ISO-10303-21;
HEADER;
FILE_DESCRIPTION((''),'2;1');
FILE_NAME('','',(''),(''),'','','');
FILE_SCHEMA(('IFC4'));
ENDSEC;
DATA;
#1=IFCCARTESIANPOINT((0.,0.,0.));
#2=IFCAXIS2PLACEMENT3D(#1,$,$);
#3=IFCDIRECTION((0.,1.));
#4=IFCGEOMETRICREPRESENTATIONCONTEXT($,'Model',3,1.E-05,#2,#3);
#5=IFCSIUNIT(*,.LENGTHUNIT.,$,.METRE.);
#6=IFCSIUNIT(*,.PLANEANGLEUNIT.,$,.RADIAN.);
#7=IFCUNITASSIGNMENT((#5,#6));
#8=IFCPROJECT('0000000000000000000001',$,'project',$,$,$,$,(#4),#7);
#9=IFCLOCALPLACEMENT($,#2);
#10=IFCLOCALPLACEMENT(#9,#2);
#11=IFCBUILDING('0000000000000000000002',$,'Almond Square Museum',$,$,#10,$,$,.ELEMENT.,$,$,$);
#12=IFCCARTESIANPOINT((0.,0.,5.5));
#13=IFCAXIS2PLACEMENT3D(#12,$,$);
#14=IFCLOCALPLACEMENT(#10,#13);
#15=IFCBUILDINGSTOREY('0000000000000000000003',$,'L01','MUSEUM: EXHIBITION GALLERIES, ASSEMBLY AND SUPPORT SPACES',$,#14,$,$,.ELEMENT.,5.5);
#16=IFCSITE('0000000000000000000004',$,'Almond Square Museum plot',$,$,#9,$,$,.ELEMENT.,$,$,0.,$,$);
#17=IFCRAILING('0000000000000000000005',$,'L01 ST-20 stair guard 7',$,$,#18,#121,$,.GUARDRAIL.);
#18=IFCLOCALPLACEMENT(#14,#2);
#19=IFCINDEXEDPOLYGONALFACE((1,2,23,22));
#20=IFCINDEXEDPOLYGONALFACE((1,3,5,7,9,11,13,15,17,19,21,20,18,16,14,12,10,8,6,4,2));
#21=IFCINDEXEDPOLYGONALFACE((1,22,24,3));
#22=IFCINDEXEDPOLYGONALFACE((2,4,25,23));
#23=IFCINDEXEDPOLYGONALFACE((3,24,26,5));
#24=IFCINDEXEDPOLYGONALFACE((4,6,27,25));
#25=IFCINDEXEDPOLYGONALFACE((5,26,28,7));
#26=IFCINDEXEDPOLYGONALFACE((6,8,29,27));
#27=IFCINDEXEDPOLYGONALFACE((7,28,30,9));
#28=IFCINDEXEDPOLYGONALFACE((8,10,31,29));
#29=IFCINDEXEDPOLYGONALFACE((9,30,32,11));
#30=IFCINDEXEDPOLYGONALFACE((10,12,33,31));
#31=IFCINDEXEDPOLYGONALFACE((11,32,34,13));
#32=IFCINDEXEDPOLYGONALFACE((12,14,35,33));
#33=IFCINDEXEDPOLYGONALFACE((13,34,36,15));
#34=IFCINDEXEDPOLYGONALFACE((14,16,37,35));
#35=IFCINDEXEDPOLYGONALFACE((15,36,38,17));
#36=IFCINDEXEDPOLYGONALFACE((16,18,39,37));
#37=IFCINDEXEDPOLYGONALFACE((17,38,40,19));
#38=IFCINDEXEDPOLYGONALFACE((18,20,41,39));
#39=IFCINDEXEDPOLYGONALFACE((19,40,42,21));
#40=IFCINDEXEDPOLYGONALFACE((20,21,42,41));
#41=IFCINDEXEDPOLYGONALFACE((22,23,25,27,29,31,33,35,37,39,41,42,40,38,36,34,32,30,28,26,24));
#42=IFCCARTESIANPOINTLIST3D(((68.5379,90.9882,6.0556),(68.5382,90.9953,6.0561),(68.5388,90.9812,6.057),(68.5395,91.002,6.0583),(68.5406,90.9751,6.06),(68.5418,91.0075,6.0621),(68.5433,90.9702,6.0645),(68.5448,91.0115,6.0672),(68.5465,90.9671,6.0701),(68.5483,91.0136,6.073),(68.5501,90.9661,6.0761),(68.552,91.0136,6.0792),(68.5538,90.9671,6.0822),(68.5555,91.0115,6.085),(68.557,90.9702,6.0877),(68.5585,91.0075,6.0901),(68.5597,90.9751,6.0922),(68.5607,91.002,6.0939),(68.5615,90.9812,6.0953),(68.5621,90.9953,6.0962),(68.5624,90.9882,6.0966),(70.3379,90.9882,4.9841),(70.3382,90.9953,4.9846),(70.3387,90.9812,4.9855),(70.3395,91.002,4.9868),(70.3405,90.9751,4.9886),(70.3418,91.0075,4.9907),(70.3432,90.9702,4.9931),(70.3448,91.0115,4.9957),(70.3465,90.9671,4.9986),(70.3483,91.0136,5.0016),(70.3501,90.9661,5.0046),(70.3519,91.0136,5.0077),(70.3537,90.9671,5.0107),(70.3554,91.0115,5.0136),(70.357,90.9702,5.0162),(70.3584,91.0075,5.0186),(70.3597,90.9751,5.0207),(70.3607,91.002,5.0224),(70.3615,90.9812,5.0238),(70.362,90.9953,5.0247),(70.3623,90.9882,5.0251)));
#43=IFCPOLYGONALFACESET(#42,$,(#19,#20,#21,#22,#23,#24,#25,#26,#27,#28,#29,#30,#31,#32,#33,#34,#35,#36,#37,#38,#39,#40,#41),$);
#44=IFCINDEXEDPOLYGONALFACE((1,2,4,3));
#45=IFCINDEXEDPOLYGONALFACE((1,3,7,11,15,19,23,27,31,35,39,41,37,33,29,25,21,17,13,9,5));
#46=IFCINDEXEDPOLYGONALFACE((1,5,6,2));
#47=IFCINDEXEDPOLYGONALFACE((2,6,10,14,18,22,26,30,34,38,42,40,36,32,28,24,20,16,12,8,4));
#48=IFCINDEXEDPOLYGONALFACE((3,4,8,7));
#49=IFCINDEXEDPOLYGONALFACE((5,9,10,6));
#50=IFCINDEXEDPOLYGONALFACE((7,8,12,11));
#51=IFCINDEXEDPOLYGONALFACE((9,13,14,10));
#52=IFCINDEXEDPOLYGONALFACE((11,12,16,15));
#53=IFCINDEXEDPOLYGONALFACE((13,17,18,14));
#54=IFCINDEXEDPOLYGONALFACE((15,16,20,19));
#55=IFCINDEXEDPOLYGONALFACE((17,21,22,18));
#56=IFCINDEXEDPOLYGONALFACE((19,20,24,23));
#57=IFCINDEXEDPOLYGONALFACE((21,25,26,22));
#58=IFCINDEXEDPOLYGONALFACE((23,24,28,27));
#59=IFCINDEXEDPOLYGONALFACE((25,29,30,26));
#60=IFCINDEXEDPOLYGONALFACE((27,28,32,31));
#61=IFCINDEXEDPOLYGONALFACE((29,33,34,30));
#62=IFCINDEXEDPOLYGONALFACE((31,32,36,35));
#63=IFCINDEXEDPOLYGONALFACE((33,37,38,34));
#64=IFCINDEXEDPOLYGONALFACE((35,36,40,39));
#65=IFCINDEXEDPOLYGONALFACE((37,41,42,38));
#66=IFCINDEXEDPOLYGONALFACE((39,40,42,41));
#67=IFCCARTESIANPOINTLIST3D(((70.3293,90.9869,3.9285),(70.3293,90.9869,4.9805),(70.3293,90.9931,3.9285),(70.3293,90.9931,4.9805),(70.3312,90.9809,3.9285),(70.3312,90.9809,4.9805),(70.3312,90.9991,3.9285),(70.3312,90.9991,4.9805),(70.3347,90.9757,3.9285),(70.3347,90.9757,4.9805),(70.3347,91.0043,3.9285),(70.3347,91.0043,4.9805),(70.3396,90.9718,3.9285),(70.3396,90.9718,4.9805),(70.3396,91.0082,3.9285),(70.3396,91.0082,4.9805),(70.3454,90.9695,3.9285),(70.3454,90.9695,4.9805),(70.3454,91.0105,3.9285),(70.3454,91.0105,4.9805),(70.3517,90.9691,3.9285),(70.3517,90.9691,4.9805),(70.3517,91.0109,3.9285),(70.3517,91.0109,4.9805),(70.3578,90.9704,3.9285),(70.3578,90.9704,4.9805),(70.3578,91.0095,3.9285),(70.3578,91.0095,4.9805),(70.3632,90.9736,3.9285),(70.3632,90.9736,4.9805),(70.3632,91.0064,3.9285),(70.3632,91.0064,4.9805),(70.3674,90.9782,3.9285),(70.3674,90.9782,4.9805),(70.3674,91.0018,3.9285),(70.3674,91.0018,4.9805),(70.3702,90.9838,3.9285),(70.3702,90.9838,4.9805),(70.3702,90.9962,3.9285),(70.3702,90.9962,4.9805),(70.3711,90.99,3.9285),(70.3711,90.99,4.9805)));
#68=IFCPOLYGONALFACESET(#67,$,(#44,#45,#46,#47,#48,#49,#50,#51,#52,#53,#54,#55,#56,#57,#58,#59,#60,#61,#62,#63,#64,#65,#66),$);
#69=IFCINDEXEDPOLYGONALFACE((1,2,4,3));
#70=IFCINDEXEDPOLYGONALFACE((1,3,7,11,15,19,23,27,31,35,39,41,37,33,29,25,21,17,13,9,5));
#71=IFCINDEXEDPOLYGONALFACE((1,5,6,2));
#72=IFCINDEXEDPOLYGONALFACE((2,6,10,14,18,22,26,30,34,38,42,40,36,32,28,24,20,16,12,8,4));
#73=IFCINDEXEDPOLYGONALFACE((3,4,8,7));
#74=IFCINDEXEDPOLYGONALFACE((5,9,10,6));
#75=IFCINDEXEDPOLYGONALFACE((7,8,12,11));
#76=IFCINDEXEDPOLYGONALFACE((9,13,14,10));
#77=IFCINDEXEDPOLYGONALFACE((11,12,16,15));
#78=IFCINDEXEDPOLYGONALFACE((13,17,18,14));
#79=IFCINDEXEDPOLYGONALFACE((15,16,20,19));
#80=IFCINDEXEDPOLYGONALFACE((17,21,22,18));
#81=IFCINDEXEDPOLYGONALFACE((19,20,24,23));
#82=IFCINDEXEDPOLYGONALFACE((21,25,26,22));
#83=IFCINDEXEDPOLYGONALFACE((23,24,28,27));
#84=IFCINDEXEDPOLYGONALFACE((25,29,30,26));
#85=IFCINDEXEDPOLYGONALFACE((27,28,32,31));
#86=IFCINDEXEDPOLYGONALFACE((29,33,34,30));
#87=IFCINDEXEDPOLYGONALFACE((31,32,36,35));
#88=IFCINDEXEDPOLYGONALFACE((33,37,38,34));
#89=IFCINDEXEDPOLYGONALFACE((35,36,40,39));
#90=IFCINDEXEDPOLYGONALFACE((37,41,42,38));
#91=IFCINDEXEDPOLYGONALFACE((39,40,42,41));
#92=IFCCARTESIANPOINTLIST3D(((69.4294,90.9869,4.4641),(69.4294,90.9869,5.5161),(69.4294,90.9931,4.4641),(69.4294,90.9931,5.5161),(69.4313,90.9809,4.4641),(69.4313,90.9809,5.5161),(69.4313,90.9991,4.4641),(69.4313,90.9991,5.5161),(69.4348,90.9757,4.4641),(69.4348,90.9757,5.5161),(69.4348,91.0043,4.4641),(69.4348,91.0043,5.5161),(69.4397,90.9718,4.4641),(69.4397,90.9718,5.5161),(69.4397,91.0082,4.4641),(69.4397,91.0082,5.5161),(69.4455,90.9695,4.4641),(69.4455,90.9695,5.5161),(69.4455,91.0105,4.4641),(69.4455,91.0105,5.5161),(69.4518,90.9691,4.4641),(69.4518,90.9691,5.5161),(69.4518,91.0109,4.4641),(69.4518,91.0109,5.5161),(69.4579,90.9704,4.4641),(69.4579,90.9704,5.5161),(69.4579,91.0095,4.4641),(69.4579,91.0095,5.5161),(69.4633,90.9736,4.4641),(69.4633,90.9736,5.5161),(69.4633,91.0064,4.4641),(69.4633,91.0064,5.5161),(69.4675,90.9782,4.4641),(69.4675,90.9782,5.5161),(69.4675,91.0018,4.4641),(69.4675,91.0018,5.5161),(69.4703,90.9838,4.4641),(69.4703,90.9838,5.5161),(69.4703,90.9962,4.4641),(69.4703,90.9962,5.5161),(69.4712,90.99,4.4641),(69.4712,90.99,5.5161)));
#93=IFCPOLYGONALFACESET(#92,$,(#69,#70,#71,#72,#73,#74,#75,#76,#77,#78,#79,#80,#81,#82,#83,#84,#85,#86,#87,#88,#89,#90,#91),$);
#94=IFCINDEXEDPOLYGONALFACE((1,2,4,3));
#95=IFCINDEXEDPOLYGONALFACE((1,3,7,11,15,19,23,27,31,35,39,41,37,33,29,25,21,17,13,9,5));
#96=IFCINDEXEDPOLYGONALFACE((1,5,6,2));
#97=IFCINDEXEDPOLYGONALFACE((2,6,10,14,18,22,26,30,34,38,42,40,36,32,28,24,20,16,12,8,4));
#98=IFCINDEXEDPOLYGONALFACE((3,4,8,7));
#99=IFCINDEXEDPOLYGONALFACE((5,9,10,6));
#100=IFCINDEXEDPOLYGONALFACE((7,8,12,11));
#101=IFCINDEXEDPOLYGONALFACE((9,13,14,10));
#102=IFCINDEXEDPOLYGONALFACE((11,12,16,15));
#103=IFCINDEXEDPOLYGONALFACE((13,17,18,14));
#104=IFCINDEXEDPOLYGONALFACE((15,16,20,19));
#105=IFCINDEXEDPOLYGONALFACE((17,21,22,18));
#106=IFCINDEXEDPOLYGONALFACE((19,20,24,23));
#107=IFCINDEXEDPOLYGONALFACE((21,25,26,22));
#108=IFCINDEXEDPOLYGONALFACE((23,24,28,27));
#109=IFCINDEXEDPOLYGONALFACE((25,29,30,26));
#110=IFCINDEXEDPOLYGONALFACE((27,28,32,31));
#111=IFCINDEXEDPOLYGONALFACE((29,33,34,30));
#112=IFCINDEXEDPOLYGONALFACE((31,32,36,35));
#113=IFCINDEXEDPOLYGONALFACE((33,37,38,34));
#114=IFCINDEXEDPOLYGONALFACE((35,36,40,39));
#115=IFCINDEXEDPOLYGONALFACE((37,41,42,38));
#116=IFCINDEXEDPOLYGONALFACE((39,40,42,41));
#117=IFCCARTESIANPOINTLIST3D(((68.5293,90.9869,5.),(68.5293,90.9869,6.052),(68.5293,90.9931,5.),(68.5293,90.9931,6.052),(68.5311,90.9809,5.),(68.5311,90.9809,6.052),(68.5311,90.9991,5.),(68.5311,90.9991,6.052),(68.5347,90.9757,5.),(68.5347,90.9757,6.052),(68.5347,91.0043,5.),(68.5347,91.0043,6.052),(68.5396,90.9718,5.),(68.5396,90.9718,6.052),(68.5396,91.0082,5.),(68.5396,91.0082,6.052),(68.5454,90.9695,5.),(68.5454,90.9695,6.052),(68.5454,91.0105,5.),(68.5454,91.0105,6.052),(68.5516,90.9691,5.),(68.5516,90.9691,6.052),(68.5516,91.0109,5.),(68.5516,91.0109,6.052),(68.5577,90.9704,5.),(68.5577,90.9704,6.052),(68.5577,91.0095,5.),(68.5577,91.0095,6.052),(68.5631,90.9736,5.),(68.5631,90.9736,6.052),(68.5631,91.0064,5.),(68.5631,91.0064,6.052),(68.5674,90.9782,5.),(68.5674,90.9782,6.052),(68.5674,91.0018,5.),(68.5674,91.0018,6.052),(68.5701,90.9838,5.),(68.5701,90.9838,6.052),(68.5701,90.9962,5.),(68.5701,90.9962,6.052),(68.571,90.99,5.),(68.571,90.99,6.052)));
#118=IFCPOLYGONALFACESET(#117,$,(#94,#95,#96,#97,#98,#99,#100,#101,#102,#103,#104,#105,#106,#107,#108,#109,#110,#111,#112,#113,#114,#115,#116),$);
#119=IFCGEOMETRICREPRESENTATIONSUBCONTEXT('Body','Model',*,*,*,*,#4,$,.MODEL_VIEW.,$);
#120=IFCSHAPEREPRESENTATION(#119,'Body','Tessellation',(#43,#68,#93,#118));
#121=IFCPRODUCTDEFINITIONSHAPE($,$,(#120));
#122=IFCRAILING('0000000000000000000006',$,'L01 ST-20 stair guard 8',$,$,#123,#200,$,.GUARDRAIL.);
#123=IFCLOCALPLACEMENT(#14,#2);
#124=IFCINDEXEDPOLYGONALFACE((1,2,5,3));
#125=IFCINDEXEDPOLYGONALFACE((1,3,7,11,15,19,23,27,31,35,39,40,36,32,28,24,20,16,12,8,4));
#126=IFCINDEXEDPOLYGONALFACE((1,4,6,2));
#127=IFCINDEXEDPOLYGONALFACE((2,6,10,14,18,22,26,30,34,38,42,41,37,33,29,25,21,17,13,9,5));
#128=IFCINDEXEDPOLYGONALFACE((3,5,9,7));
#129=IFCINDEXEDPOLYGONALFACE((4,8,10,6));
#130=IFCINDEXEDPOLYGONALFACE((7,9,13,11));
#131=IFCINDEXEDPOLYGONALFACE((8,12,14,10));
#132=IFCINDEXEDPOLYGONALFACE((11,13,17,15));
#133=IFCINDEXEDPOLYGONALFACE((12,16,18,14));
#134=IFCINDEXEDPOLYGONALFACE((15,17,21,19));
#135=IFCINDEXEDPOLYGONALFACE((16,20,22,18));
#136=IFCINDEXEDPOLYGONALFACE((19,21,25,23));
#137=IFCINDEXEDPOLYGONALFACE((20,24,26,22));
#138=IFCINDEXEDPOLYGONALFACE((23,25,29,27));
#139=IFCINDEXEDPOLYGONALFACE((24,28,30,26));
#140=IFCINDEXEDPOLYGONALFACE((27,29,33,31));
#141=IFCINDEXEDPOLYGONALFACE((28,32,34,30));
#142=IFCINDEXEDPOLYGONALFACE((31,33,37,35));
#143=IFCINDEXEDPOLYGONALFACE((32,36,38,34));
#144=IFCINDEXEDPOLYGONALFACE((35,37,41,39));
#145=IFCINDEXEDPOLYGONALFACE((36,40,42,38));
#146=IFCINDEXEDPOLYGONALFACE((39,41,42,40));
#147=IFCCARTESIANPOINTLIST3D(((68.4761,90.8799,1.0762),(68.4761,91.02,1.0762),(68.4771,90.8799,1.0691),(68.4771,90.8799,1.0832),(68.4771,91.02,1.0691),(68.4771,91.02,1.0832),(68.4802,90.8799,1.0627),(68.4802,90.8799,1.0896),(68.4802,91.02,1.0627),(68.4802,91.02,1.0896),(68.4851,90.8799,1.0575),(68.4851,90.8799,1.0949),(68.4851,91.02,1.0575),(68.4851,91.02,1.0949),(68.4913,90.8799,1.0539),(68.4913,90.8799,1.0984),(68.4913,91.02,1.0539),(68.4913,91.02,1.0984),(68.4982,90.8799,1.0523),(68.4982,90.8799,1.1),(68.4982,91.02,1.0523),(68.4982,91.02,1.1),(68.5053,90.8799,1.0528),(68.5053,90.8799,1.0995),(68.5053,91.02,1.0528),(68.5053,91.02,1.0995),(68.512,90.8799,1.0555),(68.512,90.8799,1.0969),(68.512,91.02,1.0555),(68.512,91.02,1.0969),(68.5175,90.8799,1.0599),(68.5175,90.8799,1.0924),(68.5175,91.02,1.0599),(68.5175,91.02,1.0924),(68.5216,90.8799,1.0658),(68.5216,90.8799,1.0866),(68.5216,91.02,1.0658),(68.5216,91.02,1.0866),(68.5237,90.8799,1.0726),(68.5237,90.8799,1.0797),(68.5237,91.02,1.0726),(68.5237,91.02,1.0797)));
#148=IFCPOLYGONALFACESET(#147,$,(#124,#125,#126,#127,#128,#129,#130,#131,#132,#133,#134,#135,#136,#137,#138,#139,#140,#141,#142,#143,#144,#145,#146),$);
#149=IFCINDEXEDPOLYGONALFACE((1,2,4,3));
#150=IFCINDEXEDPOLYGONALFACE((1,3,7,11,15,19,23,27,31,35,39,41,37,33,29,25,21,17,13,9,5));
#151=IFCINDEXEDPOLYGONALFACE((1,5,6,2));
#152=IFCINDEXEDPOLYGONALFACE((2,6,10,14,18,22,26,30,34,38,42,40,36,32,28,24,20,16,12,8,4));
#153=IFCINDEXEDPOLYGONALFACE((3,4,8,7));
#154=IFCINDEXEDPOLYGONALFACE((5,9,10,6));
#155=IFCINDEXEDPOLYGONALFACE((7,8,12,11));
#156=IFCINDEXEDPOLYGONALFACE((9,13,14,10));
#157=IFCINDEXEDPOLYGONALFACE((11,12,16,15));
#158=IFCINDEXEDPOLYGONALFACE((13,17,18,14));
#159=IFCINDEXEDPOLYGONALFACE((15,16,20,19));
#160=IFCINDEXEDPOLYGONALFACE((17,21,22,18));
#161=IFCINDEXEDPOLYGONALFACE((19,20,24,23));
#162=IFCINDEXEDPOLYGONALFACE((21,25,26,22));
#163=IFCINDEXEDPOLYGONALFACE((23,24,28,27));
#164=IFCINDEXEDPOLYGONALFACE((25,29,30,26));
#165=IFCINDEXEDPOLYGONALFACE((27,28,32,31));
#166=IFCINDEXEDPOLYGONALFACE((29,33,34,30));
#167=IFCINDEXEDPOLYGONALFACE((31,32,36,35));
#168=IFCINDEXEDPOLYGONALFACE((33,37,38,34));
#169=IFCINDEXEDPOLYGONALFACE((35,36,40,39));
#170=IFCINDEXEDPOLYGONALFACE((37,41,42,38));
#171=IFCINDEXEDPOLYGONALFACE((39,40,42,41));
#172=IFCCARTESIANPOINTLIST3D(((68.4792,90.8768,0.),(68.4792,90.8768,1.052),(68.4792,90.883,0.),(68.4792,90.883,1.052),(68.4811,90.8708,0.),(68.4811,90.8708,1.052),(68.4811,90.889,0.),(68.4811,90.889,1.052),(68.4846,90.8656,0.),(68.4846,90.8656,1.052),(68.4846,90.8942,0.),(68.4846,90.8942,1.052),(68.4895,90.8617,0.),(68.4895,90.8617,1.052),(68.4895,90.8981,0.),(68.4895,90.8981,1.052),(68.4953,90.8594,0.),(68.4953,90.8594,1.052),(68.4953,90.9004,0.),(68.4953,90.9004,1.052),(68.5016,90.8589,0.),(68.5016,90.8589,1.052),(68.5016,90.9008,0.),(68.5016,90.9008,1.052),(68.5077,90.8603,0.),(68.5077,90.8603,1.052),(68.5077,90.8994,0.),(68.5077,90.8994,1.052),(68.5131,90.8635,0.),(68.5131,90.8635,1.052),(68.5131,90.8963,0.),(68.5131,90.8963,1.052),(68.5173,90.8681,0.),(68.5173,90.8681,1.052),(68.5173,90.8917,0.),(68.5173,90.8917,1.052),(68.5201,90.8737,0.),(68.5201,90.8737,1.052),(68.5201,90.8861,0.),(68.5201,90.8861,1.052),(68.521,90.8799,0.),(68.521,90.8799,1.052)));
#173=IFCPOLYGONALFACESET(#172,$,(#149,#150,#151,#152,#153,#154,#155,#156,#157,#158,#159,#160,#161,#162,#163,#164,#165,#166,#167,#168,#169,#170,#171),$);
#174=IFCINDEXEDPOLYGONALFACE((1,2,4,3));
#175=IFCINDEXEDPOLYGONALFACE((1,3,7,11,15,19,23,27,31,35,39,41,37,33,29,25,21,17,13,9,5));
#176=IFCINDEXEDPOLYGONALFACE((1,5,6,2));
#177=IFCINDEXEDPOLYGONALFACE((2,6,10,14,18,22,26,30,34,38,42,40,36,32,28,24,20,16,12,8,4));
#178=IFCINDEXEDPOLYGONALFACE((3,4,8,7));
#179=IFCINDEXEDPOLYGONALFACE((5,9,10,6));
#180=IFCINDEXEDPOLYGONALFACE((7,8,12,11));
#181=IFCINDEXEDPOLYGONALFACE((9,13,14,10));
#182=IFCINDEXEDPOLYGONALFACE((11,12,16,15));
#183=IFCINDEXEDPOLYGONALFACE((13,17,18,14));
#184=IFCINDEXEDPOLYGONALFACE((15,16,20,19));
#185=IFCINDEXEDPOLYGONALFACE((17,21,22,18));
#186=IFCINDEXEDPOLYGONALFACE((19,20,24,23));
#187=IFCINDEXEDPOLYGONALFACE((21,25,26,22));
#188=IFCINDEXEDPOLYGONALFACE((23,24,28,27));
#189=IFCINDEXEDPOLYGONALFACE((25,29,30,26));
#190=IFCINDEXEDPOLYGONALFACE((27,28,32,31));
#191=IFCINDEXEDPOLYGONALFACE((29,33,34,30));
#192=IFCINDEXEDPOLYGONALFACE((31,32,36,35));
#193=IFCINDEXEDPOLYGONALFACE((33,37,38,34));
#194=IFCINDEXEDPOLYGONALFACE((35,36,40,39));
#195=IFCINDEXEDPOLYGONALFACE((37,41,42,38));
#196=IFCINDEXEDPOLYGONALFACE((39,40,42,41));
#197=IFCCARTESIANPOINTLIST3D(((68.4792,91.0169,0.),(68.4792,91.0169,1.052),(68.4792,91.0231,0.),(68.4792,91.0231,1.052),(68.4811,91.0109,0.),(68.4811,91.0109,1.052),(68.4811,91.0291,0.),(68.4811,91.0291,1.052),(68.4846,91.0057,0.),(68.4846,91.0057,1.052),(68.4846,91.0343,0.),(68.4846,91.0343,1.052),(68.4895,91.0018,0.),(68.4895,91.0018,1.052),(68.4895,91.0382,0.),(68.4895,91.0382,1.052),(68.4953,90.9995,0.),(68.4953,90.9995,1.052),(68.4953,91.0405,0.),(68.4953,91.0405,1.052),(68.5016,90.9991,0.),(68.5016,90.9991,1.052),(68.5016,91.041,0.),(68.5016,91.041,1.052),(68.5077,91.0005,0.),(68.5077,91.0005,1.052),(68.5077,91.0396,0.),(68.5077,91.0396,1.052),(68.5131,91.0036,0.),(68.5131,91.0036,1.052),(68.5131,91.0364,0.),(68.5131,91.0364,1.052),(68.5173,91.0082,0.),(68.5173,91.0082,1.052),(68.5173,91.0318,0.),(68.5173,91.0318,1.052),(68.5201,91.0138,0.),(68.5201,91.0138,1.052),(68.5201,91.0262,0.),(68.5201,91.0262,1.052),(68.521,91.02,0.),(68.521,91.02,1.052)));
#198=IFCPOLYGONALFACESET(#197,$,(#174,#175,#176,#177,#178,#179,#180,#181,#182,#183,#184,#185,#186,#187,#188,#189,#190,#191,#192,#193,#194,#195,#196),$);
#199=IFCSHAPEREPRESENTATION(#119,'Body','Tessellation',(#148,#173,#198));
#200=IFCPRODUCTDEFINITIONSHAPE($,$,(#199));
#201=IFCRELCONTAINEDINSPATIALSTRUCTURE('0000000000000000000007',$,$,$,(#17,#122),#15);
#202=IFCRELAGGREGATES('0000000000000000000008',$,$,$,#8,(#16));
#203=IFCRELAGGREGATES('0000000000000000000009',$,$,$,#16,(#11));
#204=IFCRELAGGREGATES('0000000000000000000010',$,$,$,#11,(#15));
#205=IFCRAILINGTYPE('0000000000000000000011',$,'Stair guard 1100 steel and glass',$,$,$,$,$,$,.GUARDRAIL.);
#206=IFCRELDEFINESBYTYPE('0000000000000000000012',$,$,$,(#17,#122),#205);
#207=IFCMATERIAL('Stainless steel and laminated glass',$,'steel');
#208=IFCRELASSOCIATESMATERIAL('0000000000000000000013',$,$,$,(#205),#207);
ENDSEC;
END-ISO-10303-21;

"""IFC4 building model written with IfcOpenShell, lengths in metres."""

from ifc_helpers import new_model, si_unit, direction, frame, origin, origin_2d, place, context, subcontext, project, spatial, circle, extrude, material, type_object, element, save


model = new_model("IFC4")

# Units and contexts
model_context = context("Model", 3, precision=1e-05, world=origin(), true_north=direction((0.0, 1.0)))
body_context = subcontext(model_context, "Body", "Model", "MODEL_VIEW")
ifc_project = project(units=[si_unit("LENGTHUNIT", "METRE"), si_unit("PLANEANGLEUNIT", "RADIAN")], contexts=[model_context])

# Site, building, storey
site_placement = place(None, origin())
site = spatial("IfcSite", under=ifc_project, at=site_placement, Name="Almond Square Museum plot", CompositionType="ELEMENT", RefElevation=0.0)
building_placement = place(site_placement, origin())
building = spatial("IfcBuilding", under=site, at=building_placement, Name="Almond Square Museum", CompositionType="ELEMENT")
storey_placement = place(building_placement, frame((0.0, 0.0, 5.5)))
storey = spatial("IfcBuildingStorey", under=building, at=storey_placement, Name="L01", Description="MUSEUM: EXHIBITION GALLERIES, ASSEMBLY AND SUPPORT SPACES", CompositionType="ELEMENT", Elevation=5.5)

# Railings
ifc_material_1 = material(Name="Stainless steel and laminated glass", Category="steel")
railing_type = type_object("IfcRailingType", Name="Stair guard 1100 steel and glass", PredefinedType="GUARDRAIL", material=ifc_material_1)
railing_1_placement = place(storey_placement, frame((70.3501, 90.99, 3.9285)))
element("IfcRailing", 1, at=railing_1_placement, inside=storey, type_object=railing_type, Name="L01 ST-20 stair guard 7", PredefinedType="GUARDRAIL", context=body_context, shape_type="SweptSolid", body=[
    extrude(circle(Radius=0.0239, at=origin_2d()), frame((0.0, 0.0, 1.0762), z_axis=(-0.859277, 0.0, 0.51151), x_axis=(0.0, -1.0, 0.0)), (0.0, 0.0, 1.0), 2.0947),
    extrude(circle(Radius=0.021, at=origin_2d()), origin(), (0.0, 0.0, 1.0), 1.052),
    extrude(circle(Radius=0.021, at=origin_2d()), frame((-0.8999, 0.0, 0.5356)), (0.0, 0.0, 1.0), 1.052),
    extrude(circle(Radius=0.021, at=origin_2d()), frame((-1.8, 0.0, 1.0715)), (0.0, 0.0, 1.0), 1.052),
])
railing_2_placement = place(storey_placement, frame((68.5, 90.8799, 0.0)))
element("IfcRailing", 2, at=railing_2_placement, inside=storey, type_object=railing_type, Name="L01 ST-20 stair guard 8", PredefinedType="GUARDRAIL", context=body_context, shape_type="SweptSolid", body=[
    extrude(circle(Radius=0.0239, at=origin_2d()), frame((0.0, 0.0, 1.0762), z_axis=(0.0, 1.0, 0.0), x_axis=(-1.0, 0.0, 0.0)), (0.0, 0.0, 1.0), 0.1401),
    extrude(circle(Radius=0.021, at=origin_2d()), origin(), (0.0, 0.0, 1.0), 1.052),
    extrude(circle(Radius=0.021, at=origin_2d()), frame((0.0, 0.1401, 0.0)), (0.0, 0.0, 1.0), 1.052),
])

save(model, "model.ifc")
